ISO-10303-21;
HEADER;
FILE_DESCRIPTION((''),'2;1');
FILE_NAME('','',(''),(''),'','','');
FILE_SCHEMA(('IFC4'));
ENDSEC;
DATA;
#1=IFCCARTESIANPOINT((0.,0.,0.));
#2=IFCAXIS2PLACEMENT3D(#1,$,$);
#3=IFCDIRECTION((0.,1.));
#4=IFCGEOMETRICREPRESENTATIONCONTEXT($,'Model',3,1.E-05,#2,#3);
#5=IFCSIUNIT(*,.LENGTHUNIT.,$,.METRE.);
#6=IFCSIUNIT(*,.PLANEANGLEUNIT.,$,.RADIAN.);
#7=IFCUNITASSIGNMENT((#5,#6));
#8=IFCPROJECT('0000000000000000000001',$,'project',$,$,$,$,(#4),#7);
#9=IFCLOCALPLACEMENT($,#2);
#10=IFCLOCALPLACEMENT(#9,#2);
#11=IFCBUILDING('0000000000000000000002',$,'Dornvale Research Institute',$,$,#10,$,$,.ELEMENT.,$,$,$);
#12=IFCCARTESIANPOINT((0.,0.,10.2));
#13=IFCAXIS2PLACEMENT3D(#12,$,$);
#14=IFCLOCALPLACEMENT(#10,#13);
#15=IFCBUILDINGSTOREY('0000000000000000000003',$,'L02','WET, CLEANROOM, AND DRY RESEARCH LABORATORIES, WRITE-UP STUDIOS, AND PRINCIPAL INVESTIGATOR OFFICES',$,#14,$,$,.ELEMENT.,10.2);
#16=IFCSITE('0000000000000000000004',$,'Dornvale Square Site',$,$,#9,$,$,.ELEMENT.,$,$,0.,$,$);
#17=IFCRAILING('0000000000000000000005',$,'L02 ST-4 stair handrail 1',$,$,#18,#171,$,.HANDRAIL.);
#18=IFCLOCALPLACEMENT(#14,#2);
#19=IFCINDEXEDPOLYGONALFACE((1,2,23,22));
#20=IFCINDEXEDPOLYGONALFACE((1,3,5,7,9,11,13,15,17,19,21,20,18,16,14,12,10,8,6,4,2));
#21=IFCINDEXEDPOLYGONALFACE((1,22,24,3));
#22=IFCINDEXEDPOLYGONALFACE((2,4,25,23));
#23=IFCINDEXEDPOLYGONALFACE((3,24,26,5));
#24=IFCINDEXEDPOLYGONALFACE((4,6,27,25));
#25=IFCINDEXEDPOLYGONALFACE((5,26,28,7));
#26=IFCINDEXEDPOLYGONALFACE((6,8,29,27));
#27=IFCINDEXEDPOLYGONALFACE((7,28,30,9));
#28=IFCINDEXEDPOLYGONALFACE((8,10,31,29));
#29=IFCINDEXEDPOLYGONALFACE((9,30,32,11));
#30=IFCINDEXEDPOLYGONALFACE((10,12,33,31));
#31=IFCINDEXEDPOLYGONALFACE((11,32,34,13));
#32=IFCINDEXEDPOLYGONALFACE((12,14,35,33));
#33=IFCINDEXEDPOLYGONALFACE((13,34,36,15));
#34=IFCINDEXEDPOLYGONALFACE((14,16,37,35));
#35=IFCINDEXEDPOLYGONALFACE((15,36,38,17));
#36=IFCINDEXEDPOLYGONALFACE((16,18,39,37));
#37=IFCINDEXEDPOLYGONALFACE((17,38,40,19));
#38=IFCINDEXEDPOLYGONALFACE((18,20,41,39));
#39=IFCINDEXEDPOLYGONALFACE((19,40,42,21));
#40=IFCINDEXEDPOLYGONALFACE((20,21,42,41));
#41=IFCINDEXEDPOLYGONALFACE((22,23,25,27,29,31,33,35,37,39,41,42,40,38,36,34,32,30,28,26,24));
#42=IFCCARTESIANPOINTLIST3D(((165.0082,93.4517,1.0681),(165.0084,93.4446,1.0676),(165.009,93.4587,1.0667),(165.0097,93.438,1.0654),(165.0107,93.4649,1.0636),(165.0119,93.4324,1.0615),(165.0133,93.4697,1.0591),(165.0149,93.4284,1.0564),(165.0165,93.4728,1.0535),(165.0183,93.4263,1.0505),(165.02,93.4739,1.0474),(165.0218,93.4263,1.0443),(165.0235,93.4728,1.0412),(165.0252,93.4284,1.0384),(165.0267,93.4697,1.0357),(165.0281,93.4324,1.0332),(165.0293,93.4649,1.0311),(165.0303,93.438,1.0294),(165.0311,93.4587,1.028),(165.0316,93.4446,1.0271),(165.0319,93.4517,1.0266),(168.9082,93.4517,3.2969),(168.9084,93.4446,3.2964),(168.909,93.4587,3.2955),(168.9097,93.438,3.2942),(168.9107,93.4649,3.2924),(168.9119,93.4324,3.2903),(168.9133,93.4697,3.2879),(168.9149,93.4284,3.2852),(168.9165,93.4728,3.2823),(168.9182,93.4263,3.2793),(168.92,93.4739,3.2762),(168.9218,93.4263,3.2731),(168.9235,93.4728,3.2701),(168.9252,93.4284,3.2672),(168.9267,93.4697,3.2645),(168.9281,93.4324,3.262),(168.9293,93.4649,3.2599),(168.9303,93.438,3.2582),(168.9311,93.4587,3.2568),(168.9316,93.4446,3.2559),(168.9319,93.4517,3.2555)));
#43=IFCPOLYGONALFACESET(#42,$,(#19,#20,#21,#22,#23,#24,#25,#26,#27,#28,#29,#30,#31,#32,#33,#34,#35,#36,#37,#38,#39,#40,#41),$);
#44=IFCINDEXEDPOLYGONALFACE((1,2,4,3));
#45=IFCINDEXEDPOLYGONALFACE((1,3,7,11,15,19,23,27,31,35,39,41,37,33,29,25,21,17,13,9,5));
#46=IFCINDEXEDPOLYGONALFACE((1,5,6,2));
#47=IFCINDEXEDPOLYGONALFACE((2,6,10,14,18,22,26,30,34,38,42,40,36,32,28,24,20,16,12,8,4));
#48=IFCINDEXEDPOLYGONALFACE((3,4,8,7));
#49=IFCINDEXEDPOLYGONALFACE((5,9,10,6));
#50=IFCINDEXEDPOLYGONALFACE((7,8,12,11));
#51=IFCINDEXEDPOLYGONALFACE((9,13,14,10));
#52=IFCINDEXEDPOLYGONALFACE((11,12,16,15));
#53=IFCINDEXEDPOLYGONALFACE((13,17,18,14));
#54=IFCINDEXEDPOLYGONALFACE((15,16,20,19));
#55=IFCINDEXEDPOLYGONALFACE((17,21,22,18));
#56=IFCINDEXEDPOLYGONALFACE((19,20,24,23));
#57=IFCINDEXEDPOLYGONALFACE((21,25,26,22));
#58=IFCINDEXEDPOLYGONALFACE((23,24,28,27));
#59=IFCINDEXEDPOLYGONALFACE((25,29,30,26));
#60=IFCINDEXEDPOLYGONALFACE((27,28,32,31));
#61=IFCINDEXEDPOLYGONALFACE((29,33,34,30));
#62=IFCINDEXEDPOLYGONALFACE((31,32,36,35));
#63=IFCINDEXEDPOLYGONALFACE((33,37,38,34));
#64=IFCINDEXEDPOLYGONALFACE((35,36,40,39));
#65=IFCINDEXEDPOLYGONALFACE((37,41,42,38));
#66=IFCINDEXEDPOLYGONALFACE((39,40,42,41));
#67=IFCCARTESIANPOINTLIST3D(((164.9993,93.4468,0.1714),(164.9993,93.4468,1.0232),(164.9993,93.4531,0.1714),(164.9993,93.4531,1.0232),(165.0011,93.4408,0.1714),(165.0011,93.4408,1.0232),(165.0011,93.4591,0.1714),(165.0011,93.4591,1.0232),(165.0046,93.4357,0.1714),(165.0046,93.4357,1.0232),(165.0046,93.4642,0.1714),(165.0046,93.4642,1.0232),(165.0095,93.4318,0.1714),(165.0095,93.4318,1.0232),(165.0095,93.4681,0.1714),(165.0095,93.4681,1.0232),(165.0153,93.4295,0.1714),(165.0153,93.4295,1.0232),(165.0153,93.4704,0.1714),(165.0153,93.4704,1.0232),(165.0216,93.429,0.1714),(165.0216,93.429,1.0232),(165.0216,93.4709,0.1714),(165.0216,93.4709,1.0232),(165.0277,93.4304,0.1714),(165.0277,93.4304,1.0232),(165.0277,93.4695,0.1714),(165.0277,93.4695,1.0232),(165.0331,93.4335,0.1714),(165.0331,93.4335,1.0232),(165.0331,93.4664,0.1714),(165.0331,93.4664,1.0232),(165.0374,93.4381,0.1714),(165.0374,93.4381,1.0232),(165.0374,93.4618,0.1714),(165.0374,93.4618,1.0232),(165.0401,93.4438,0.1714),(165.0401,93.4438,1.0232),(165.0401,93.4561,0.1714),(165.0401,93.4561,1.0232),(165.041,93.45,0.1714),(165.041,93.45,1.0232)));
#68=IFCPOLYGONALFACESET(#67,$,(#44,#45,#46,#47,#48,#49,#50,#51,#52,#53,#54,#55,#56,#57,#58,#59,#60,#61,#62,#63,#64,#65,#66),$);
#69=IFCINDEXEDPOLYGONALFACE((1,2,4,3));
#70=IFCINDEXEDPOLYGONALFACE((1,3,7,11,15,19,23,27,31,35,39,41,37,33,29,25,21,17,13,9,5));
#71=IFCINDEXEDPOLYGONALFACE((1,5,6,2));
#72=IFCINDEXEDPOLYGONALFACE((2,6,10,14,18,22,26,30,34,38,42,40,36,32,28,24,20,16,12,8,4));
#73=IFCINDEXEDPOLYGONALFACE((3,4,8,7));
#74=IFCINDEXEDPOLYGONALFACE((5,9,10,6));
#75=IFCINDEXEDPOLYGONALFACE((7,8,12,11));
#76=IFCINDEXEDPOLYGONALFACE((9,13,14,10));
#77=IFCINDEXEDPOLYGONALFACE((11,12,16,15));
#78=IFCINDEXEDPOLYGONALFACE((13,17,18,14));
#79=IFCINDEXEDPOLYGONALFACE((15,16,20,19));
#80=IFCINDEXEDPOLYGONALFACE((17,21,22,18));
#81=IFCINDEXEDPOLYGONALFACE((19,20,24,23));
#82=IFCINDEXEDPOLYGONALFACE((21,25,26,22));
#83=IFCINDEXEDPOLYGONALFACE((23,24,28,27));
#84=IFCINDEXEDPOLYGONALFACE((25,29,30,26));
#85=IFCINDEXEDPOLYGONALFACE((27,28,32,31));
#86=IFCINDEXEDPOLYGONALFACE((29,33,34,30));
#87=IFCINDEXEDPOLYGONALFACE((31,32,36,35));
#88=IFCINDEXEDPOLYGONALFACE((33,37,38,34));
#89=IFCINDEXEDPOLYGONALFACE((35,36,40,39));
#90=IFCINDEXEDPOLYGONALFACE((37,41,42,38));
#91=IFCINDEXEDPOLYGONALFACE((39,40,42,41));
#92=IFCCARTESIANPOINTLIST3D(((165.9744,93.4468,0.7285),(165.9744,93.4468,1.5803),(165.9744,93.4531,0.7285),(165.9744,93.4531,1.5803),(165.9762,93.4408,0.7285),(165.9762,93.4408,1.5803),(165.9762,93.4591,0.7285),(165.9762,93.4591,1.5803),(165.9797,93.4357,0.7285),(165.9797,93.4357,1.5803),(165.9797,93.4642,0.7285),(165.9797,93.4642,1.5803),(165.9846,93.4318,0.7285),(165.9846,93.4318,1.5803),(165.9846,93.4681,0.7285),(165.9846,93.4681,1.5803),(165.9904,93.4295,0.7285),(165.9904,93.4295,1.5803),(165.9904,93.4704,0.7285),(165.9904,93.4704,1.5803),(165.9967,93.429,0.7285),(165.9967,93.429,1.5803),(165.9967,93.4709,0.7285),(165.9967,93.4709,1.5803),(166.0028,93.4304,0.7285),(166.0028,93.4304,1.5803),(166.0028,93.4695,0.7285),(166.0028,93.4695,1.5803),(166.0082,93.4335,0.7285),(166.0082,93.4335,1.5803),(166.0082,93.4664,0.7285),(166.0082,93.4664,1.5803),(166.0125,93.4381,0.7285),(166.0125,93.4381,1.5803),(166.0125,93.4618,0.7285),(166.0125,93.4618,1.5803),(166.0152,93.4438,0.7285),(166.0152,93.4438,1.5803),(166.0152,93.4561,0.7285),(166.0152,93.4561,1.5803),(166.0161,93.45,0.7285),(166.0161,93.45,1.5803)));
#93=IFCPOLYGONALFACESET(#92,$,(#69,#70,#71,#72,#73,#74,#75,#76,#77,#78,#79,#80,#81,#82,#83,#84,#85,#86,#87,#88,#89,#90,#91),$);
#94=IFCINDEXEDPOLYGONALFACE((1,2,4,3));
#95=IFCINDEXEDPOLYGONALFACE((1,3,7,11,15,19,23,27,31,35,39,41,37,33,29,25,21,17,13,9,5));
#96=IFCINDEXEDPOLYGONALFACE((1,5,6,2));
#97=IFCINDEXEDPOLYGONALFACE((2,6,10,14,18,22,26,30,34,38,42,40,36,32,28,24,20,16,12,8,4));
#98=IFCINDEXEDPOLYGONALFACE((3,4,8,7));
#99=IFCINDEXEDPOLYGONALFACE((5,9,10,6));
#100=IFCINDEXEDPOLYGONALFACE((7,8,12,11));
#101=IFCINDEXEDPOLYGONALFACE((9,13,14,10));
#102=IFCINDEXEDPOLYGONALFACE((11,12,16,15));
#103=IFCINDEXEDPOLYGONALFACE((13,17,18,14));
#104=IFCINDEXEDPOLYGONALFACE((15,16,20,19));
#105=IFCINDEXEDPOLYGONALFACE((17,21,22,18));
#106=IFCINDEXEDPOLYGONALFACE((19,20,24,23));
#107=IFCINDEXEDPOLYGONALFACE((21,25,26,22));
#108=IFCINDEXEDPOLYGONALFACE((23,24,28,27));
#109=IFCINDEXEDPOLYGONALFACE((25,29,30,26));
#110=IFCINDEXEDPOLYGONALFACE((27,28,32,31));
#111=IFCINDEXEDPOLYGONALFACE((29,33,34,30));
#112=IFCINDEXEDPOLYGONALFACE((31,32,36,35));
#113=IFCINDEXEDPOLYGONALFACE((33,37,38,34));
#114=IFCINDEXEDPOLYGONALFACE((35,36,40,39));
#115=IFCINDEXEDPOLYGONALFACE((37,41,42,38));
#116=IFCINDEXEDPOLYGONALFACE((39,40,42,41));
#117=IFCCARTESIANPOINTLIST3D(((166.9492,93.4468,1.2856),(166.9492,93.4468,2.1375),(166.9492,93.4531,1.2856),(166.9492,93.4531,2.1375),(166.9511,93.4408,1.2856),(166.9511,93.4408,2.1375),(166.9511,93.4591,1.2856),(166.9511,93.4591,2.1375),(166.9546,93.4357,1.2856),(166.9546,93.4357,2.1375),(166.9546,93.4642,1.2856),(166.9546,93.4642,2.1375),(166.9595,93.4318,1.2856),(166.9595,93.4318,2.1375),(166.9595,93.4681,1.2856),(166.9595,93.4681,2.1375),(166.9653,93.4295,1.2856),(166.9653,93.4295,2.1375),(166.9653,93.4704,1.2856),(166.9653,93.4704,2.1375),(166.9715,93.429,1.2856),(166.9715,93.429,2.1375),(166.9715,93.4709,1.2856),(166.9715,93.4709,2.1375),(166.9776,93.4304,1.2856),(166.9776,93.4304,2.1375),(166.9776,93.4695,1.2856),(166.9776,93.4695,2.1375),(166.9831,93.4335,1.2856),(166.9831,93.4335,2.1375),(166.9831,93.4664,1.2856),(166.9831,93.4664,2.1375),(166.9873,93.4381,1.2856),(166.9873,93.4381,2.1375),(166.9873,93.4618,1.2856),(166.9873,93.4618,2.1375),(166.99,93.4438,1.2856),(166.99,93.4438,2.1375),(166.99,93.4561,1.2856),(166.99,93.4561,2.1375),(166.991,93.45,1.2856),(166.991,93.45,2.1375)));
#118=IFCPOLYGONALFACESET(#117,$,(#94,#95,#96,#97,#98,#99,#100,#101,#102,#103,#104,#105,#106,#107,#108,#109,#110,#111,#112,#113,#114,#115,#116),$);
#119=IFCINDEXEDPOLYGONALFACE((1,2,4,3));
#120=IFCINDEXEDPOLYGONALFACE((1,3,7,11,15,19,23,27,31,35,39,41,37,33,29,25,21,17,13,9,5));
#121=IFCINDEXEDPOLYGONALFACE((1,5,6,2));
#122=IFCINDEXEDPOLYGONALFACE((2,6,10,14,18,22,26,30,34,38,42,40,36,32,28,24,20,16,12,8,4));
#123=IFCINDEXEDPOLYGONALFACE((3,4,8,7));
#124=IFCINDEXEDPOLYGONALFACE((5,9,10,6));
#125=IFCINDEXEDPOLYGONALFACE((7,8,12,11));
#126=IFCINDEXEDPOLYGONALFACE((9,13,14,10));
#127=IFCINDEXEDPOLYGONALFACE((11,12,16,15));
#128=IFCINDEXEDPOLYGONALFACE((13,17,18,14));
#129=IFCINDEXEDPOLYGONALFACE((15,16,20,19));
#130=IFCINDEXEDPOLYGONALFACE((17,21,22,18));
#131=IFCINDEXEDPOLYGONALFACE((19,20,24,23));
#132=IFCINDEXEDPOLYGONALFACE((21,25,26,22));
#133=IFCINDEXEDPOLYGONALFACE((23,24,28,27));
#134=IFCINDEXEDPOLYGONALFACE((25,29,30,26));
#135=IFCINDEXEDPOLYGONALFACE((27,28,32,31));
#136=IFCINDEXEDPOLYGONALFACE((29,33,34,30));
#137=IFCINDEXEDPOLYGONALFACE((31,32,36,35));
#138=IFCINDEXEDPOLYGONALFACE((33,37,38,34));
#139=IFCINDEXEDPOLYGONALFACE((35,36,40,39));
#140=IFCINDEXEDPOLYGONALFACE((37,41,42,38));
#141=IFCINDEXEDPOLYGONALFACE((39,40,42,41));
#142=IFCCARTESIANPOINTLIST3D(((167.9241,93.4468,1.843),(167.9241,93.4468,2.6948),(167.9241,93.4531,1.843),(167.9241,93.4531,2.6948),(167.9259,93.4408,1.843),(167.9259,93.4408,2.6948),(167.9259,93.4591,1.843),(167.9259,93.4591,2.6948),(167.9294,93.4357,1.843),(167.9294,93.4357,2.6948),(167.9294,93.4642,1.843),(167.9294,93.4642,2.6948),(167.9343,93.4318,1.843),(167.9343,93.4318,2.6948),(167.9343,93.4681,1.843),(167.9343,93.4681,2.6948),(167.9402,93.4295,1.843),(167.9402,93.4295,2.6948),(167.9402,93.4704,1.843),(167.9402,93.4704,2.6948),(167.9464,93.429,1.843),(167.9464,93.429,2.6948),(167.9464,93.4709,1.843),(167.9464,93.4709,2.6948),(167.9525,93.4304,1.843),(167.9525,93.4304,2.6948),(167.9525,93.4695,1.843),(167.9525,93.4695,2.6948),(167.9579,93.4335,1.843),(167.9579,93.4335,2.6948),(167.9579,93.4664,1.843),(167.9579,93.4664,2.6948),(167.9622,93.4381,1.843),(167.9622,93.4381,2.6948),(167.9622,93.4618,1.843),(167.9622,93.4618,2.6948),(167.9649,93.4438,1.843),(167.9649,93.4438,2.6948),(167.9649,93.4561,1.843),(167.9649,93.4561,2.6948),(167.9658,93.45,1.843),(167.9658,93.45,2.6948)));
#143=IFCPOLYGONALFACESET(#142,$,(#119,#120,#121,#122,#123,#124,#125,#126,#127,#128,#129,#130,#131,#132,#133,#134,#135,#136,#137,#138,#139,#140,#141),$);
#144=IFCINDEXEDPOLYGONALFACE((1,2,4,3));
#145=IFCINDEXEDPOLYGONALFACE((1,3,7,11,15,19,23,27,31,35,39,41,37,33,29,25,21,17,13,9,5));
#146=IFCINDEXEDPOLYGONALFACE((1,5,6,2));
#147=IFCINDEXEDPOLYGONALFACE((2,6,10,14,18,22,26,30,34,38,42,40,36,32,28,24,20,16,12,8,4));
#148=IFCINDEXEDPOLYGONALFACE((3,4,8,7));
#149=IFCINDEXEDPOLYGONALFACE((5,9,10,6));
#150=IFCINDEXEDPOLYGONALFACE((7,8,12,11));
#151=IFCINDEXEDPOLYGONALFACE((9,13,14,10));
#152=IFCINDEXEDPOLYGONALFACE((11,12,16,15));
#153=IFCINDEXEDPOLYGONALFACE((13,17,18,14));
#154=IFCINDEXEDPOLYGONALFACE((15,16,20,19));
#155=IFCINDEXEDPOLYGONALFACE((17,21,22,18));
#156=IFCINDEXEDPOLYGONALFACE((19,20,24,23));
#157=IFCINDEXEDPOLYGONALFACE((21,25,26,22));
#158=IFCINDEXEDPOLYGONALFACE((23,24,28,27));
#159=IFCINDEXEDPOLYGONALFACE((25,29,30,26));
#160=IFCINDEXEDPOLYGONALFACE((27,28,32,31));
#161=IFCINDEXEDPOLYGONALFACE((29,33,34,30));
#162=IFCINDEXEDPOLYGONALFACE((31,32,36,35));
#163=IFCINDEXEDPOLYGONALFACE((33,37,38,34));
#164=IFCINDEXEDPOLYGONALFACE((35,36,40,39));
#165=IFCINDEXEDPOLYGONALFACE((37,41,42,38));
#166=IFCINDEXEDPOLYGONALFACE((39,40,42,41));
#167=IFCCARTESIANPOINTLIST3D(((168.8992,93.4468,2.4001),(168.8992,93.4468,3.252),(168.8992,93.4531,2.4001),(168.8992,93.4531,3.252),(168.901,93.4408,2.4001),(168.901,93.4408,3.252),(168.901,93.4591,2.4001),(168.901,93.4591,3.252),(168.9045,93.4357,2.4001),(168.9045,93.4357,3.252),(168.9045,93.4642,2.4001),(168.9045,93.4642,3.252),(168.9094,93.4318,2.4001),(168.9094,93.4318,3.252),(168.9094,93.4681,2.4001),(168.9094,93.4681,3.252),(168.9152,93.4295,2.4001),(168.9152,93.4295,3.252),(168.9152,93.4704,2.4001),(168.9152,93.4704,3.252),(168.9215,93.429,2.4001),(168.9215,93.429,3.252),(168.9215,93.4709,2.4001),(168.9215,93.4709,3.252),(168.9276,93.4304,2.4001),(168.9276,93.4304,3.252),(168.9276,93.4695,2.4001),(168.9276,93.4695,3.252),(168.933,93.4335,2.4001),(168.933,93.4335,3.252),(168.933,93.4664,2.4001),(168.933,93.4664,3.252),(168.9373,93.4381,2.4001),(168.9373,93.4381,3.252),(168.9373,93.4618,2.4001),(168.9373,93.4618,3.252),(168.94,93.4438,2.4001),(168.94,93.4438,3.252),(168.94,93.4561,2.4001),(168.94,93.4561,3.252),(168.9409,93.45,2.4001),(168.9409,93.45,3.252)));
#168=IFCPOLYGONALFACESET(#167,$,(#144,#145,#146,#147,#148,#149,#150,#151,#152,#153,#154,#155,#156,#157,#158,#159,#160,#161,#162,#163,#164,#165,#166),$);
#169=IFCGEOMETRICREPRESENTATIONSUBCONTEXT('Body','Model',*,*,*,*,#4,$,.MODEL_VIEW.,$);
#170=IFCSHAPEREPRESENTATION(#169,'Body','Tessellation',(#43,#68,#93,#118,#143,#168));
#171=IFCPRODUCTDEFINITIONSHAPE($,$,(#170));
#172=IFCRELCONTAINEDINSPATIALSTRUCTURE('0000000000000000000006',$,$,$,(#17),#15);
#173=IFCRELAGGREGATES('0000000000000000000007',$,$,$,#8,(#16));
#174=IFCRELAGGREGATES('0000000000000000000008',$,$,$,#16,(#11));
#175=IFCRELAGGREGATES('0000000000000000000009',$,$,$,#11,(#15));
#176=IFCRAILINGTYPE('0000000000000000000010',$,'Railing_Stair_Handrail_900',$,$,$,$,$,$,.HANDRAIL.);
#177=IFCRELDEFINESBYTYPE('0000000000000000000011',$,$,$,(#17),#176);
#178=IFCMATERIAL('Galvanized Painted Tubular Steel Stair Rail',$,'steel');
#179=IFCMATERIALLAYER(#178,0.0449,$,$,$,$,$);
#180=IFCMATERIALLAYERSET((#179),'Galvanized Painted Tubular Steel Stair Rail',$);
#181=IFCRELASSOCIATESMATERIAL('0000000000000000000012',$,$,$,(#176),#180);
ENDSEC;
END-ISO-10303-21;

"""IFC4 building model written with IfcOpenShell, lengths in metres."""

from ifc_helpers import new_model, si_unit, direction, frame, origin, origin_2d, place, context, subcontext, project, spatial, circle, extrude, material, layer, layer_set, type_object, element, save


model = new_model("IFC4")

# Units and contexts
model_context = context("Model", 3, precision=1e-05, world=origin(), true_north=direction((0.0, 1.0)))
body_context = subcontext(model_context, "Body", "Model", "MODEL_VIEW")
ifc_project = project(units=[si_unit("LENGTHUNIT", "METRE"), si_unit("PLANEANGLEUNIT", "RADIAN")], contexts=[model_context])

# Site, building, storey
site_placement = place(None, origin())
site = spatial("IfcSite", under=ifc_project, at=site_placement, Name="Dornvale Square Site", CompositionType="ELEMENT", RefElevation=0.0)
building_placement = place(site_placement, origin())
building = spatial("IfcBuilding", under=site, at=building_placement, Name="Dornvale Research Institute", CompositionType="ELEMENT")
storey_placement = place(building_placement, frame((0.0, 0.0, 10.2)))
storey = spatial("IfcBuildingStorey", under=building, at=storey_placement, Name="L02", Description="WET, CLEANROOM, AND DRY RESEARCH LABORATORIES, WRITE-UP STUDIOS, AND PRINCIPAL INVESTIGATOR OFFICES", CompositionType="ELEMENT", Elevation=10.2)

# Railing
ifc_material_1 = material(Name="Galvanized Painted Tubular Steel Stair Rail", Category="steel")
ifc_layer_1 = layer(ifc_material_1, 0.0449)
ifc_layer_set_1 = layer_set([ifc_layer_1], Name="Galvanized Painted Tubular Steel Stair Rail")
railing_type_1 = type_object("IfcRailingType", Name="Railing_Stair_Handrail_900", PredefinedType="HANDRAIL", material=ifc_layer_set_1)
railing_1_placement = place(storey_placement, frame((165.02, 93.45, 0.1714)))
element("IfcRailing", 1, at=railing_1_placement, inside=storey, type_object=railing_type_1, Name="L02 ST-4 stair handrail 1", PredefinedType="HANDRAIL", context=body_context, shape_type="SweptSolid", body=[
    extrude(circle(Radius=0.0239, at=origin_2d()), frame((0.0, 0.0, 0.876), z_axis=(0.86822, 0.0, 0.49618), x_axis=(0.0, 1.0, 0.0)), (0.0, 0.0, 1.0), 4.4919),
    extrude(circle(Radius=0.021, at=origin_2d()), origin(), (0.0, 0.0, 1.0), 0.8518),
    extrude(circle(Radius=0.021, at=origin_2d()), frame((0.9751, 0.0, 0.5571)), (0.0, 0.0, 1.0), 0.8518),
    extrude(circle(Radius=0.021, at=origin_2d()), frame((1.95, 0.0, 1.1143)), (0.0, 0.0, 1.0), 0.8518),
    extrude(circle(Radius=0.021, at=origin_2d()), frame((2.9248, 0.0, 1.6716)), (0.0, 0.0, 1.0), 0.8518),
    extrude(circle(Radius=0.021, at=origin_2d()), frame((3.8999, 0.0, 2.2288)), (0.0, 0.0, 1.0), 0.8518),
])

save(model, "model.ifc")
